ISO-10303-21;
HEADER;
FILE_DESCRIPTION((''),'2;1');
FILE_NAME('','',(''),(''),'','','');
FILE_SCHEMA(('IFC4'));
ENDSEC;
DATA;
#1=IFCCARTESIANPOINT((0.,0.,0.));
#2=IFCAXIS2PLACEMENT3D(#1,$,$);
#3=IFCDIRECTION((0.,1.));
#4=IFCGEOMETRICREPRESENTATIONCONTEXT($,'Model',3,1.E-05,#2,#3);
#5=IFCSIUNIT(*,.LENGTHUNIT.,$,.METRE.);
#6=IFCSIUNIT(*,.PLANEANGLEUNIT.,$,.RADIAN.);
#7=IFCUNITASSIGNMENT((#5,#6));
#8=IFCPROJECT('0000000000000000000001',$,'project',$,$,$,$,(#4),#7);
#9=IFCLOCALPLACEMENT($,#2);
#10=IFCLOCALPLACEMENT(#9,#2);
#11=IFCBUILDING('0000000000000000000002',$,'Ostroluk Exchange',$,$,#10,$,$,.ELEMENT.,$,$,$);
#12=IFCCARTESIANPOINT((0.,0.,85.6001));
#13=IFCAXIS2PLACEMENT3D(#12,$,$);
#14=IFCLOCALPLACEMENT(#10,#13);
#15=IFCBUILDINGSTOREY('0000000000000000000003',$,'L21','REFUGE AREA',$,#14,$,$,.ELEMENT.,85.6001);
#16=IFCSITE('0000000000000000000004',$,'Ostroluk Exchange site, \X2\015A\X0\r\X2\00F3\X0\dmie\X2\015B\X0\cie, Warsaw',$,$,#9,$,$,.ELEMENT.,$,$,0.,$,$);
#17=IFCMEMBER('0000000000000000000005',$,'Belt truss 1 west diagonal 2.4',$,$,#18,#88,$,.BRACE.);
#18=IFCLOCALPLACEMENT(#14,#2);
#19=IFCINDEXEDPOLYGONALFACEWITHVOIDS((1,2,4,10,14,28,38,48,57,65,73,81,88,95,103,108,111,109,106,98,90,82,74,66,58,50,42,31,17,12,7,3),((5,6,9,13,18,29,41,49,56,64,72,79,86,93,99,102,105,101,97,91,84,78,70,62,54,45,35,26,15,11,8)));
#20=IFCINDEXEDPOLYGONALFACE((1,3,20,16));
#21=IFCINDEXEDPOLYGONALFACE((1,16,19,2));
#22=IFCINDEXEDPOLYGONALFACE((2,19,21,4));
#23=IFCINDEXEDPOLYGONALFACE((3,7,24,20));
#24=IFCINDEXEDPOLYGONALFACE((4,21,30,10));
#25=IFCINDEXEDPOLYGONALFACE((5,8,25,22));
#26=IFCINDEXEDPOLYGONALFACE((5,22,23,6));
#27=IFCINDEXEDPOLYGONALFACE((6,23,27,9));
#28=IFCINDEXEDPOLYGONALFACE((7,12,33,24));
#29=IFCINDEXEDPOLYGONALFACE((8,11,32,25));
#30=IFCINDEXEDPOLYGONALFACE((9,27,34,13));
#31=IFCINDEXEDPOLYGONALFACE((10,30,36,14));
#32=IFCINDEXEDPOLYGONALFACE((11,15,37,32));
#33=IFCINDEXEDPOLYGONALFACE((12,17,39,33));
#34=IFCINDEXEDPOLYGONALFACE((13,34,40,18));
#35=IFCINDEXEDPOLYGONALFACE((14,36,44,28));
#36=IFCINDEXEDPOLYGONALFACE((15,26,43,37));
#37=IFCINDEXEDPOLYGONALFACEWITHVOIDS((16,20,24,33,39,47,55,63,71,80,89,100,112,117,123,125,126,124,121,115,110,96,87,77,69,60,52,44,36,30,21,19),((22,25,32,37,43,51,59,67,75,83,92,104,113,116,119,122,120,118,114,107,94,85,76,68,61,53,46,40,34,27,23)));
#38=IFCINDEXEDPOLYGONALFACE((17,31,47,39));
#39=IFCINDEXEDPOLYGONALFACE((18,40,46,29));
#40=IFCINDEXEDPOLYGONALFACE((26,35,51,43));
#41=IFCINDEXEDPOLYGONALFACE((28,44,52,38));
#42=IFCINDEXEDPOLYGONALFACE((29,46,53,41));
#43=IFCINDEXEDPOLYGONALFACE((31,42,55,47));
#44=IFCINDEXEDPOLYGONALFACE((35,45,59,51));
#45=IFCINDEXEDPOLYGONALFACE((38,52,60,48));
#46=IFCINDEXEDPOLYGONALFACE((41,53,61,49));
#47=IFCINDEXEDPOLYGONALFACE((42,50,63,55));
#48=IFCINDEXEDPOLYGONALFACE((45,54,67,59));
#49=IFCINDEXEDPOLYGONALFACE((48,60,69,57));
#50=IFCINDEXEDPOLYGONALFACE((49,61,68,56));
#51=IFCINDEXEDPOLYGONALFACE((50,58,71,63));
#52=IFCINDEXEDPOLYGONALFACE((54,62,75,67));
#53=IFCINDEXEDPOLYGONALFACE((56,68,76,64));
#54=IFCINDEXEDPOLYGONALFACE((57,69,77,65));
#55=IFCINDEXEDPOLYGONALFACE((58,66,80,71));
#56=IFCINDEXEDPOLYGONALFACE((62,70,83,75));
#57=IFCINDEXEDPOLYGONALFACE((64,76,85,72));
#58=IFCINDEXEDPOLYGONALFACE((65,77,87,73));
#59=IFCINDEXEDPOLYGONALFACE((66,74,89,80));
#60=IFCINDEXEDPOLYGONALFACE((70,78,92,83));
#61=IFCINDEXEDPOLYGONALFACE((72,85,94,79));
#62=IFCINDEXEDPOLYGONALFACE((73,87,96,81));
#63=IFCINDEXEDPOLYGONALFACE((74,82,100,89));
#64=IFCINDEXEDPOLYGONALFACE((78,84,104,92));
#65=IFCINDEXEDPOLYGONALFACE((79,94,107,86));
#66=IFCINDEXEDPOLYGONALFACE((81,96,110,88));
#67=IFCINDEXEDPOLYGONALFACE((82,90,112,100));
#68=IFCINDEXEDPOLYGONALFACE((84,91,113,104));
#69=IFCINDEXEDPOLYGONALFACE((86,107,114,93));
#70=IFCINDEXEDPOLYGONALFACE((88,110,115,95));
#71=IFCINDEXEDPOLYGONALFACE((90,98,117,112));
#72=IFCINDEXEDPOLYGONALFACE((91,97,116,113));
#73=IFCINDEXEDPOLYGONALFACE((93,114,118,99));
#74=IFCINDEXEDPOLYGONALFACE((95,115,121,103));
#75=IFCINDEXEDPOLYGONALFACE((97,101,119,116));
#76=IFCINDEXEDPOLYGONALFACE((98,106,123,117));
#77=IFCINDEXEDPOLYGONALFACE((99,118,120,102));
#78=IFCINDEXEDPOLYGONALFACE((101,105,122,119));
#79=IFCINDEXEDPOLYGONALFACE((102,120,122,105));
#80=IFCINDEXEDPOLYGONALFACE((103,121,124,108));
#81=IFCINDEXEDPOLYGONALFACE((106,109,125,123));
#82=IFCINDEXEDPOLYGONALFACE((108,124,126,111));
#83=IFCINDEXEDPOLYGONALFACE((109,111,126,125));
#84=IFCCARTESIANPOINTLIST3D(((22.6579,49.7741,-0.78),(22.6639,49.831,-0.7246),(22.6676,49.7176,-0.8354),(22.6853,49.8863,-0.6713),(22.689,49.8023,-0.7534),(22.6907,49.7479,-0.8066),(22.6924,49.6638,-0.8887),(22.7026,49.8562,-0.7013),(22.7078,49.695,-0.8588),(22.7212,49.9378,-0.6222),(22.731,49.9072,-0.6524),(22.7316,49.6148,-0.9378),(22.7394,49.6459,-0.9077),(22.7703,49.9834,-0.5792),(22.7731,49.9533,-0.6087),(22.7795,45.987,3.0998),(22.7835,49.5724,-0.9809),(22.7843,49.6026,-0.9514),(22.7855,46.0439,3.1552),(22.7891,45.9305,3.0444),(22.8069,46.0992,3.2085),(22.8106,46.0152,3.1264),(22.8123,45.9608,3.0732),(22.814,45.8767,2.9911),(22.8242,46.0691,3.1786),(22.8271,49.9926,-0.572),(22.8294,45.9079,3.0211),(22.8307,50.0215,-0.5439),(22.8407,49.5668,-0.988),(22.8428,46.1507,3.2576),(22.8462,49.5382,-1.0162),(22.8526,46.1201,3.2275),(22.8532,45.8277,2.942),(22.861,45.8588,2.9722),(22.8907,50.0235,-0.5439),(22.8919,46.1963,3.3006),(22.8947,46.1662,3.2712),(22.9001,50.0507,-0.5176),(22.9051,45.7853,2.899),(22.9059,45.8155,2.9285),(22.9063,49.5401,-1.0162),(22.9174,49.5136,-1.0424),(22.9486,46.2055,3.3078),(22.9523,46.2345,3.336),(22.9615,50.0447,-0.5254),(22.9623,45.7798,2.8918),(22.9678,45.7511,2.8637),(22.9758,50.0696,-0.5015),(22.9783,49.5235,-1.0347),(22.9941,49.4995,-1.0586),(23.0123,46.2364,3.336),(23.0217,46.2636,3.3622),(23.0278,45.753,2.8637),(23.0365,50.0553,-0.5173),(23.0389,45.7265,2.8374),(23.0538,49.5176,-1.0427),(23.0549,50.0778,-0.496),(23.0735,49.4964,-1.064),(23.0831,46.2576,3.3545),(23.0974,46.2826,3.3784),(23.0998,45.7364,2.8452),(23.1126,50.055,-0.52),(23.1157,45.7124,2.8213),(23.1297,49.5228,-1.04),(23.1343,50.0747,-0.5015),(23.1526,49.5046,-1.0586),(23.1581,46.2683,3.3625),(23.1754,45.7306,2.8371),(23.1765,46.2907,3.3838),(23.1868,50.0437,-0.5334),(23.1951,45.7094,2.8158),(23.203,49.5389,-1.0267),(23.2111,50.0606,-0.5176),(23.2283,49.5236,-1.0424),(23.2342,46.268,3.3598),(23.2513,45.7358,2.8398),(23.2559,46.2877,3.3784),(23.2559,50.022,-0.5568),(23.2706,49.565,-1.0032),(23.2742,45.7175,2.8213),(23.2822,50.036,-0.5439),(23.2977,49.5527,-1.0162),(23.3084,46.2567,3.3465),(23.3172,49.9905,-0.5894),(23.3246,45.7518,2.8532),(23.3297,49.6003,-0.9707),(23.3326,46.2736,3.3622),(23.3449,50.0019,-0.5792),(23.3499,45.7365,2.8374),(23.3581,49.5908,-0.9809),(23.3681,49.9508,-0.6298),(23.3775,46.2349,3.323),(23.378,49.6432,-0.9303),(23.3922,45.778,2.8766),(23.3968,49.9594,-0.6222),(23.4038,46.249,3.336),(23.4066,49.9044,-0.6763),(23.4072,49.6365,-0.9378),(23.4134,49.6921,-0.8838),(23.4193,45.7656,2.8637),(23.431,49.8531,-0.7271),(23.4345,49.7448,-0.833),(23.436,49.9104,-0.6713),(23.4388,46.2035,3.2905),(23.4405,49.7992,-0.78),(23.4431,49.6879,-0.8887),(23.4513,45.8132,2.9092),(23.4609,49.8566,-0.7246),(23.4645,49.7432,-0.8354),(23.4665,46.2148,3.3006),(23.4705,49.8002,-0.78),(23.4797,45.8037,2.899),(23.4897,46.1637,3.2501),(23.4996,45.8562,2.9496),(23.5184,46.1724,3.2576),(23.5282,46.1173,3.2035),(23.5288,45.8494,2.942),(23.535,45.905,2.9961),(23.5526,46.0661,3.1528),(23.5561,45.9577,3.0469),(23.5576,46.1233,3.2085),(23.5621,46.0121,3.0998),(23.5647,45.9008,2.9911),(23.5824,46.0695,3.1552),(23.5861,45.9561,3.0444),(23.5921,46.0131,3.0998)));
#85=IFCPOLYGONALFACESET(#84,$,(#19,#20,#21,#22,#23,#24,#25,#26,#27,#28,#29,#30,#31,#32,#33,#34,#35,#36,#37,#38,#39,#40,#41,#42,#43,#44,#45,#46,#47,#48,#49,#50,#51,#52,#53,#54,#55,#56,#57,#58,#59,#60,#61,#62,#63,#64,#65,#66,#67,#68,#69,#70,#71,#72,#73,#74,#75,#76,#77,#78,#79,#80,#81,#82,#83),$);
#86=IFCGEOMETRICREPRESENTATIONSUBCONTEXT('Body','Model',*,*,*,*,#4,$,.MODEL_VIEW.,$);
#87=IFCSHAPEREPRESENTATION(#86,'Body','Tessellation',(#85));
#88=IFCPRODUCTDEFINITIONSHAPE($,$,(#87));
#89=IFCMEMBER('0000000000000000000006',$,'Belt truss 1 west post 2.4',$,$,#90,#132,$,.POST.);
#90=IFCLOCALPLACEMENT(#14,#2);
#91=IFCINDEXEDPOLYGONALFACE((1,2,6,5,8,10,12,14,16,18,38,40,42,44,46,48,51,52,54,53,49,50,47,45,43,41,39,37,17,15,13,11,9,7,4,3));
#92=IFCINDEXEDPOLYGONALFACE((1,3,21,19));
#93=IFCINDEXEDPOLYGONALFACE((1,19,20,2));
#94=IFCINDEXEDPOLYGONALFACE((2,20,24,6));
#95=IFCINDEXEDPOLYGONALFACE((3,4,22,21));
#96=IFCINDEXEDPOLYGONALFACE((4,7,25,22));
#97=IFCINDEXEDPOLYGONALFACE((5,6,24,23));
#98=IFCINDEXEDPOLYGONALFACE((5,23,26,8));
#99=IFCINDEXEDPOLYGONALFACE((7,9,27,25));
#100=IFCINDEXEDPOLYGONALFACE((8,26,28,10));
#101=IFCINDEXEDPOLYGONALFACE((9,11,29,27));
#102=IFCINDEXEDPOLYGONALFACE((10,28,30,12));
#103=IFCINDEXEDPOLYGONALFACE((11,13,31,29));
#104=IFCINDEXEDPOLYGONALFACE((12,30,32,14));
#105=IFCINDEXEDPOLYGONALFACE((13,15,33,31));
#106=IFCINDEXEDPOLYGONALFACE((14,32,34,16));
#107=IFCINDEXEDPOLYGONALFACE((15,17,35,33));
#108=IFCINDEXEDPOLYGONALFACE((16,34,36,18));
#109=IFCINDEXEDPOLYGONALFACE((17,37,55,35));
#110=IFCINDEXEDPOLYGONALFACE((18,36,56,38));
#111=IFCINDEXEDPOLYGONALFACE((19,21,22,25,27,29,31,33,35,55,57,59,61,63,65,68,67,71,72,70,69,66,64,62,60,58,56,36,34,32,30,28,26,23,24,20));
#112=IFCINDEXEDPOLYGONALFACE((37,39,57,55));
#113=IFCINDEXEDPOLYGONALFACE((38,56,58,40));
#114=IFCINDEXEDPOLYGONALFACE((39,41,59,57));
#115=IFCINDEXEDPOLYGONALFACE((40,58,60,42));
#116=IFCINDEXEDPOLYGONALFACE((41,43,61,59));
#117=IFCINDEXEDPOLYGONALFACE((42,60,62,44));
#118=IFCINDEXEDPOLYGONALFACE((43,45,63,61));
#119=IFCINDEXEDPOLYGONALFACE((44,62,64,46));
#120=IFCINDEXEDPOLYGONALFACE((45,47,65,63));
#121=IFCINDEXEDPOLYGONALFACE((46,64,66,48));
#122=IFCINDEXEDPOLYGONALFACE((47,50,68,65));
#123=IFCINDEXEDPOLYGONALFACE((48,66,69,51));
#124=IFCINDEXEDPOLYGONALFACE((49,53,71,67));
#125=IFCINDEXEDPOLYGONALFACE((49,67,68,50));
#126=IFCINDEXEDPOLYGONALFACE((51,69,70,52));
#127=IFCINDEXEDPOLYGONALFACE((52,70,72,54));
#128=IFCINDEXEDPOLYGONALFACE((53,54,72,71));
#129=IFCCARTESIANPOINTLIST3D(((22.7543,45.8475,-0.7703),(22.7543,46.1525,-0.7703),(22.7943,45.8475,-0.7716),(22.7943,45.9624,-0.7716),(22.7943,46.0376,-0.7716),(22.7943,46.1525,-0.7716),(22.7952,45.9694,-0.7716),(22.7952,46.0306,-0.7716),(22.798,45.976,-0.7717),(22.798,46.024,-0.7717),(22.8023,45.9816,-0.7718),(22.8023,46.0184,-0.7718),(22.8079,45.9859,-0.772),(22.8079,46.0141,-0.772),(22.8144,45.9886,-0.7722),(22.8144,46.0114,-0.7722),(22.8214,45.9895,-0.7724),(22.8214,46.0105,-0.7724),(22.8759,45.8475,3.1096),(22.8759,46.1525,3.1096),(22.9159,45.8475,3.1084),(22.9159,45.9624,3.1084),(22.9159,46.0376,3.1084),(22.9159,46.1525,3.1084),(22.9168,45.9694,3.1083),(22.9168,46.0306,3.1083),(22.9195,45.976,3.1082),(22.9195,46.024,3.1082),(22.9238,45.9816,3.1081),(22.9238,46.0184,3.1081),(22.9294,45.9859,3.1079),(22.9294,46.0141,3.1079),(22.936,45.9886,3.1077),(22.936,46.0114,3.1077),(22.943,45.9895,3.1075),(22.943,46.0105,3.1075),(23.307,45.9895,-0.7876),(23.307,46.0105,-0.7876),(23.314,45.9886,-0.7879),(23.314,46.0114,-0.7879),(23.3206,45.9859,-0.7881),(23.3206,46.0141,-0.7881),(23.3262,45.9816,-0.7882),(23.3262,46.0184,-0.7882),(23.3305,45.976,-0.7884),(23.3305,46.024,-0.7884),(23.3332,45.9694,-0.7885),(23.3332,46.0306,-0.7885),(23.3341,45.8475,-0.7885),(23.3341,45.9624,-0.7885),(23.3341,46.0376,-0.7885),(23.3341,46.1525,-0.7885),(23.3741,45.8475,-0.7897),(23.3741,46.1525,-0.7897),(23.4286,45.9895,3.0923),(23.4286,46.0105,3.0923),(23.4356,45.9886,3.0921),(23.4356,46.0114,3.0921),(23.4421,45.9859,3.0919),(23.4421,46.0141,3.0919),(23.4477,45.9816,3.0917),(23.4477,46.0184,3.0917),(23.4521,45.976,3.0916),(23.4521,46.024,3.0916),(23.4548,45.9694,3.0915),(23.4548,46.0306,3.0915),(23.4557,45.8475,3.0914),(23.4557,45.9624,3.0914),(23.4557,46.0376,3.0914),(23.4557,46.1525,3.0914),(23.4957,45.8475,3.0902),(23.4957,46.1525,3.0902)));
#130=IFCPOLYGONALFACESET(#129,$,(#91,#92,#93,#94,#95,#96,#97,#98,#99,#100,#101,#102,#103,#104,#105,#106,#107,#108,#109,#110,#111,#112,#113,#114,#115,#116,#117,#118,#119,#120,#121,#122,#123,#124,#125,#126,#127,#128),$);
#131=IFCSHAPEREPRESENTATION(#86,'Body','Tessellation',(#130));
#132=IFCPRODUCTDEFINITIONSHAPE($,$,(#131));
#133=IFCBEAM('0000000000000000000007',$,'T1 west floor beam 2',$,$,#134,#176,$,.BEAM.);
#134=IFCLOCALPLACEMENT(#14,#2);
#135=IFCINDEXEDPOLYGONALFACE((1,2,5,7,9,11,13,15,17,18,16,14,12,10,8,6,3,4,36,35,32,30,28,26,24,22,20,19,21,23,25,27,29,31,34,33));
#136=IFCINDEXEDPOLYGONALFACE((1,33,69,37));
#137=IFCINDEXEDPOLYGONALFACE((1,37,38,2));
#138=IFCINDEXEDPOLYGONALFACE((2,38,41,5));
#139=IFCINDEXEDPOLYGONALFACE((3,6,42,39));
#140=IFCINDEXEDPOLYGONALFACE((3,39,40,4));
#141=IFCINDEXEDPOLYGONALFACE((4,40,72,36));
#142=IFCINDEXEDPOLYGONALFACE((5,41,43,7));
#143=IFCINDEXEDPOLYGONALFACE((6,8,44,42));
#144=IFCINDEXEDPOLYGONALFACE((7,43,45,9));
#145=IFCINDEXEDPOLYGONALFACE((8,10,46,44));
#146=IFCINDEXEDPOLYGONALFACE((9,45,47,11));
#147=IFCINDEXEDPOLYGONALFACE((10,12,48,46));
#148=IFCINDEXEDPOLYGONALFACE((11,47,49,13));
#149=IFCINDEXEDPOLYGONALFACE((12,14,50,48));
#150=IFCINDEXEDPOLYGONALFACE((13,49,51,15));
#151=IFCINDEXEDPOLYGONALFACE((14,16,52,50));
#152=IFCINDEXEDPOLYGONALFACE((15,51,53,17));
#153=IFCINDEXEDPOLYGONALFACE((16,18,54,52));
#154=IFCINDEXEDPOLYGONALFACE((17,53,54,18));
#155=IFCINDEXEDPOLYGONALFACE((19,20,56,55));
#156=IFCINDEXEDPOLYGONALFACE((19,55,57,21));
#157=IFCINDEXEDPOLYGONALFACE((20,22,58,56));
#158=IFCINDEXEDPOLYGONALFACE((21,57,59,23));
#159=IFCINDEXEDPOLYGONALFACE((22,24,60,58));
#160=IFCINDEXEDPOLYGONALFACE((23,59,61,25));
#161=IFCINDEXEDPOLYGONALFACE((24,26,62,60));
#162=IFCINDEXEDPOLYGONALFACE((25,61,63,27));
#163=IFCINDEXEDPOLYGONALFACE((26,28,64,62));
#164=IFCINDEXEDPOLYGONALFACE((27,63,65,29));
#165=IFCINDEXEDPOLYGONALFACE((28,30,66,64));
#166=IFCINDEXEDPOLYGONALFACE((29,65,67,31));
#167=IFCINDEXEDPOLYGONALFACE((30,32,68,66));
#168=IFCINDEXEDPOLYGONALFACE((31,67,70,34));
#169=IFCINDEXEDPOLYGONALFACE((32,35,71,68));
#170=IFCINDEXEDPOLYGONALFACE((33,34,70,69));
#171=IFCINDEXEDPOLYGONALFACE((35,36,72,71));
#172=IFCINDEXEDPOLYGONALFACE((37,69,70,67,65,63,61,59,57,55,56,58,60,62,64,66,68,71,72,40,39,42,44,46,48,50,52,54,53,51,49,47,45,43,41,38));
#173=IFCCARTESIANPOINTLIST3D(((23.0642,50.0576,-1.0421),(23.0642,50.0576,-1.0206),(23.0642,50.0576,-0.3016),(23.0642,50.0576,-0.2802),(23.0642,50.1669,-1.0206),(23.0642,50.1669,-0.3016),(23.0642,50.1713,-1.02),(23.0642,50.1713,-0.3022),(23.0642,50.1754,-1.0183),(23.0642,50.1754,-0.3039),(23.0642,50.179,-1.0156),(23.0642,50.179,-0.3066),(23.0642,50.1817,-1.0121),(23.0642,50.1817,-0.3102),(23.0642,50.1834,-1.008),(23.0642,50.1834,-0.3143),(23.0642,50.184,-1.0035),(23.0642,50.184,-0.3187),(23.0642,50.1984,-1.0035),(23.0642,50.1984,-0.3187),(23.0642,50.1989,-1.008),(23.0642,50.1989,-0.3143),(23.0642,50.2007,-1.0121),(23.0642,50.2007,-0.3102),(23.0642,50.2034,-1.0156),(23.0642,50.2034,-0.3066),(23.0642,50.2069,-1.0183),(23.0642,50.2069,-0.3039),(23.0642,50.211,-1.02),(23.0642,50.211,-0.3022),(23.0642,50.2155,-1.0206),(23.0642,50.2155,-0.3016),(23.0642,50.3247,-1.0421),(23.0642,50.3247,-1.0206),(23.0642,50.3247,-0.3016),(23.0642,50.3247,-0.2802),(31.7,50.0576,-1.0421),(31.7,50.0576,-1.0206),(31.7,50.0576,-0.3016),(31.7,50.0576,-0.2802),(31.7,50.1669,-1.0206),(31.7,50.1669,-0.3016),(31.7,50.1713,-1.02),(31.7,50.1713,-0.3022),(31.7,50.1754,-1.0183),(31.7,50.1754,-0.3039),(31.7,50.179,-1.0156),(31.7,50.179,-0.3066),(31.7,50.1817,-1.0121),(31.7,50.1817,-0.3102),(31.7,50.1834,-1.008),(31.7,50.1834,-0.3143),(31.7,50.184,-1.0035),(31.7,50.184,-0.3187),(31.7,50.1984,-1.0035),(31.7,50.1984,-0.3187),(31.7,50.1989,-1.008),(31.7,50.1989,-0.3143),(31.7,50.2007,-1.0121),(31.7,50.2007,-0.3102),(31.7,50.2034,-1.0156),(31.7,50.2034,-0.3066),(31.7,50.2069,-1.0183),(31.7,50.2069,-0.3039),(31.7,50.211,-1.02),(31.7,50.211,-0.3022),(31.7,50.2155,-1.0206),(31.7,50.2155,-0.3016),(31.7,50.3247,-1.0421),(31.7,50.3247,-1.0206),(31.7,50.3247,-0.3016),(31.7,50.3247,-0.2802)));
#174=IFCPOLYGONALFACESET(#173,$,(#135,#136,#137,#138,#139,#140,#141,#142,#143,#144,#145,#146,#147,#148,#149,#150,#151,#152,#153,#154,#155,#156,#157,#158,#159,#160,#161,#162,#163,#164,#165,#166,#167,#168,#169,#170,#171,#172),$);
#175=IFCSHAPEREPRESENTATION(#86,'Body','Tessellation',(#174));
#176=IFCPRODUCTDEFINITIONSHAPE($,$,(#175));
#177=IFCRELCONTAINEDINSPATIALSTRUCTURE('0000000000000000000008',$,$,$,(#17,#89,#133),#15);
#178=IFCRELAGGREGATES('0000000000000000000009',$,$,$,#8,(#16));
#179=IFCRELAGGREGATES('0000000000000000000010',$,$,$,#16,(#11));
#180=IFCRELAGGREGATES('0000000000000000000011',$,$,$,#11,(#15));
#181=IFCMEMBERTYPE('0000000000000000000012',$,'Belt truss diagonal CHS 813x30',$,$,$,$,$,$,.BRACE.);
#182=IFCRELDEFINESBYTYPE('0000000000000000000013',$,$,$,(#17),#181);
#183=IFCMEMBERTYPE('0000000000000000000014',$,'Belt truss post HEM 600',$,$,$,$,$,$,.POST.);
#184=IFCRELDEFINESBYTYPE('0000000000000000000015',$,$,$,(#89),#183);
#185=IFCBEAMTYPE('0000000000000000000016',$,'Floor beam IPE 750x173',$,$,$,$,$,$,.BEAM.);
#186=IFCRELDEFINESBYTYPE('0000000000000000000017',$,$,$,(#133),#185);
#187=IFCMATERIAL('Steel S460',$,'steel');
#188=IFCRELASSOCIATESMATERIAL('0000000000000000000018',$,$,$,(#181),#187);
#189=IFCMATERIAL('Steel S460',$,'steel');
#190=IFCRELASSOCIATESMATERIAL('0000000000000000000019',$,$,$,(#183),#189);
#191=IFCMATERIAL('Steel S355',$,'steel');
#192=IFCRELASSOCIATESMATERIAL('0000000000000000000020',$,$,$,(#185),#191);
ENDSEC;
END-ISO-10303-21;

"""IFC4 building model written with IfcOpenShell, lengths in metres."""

from ifc_helpers import new_model, si_unit, direction, frame, origin, origin_2d, place, context, subcontext, project, spatial, hollow_circle, i_section, extrude, material, material_profile, profile_set, type_object, element, save


model = new_model("IFC4")

# Units and contexts
model_context = context("Model", 3, precision=1e-05, world=origin(), true_north=direction((0.0, 1.0)))
body_context = subcontext(model_context, "Body", "Model", "MODEL_VIEW")
ifc_project = project(units=[si_unit("LENGTHUNIT", "METRE"), si_unit("PLANEANGLEUNIT", "RADIAN")], contexts=[model_context])

# Site, building, storey
site_placement = place(None, origin())
site = spatial("IfcSite", under=ifc_project, at=site_placement, Name="Ostroluk Exchange site, Śródmieście, Warsaw", CompositionType="ELEMENT", RefElevation=0.0)
building_placement = place(site_placement, origin())
building = spatial("IfcBuilding", under=site, at=building_placement, Name="Ostroluk Exchange", CompositionType="ELEMENT")
storey_placement = place(building_placement, frame((0.0, 0.0, 85.6001)))
storey = spatial("IfcBuildingStorey", under=building, at=storey_placement, Name="L21", Description="REFUGE AREA", CompositionType="ELEMENT", Elevation=85.6001)

# Members
ifc_material_1 = material(Name="Steel S460", Category="steel")
ifc_material_profile_1 = material_profile(ifc_material_1, hollow_circle(Radius=0.4065, WallThickness=0.03, at=origin_2d()), Name="CHS 813x30")
ifc_profile_set_1 = profile_set([ifc_material_profile_1], Name="Steel S460")
member_type_1 = type_object("IfcMemberType", Name="Belt truss diagonal CHS 813x30", PredefinedType="BRACE", material=ifc_profile_set_1)
member_1_placement = place(storey_placement, frame((23.0642, 49.7871, -0.78), z_axis=(0.022419, -0.698324, 0.715431), x_axis=(0.999485, 0.032088, 0.0)))
element("IfcMember", 1, at=member_1_placement, inside=storey, type_object=member_type_1, Name="Belt truss 1 west diagonal 2.4", PredefinedType="BRACE", context=body_context, shape_type="SweptSolid", body=[
    extrude(hollow_circle(Radius=0.4065, WallThickness=0.03, at=origin_2d()), origin(), (0.0, 0.0, 1.0), 5.4231),
])
ifc_material_2 = material(Name="Steel S460", Category="steel")
ifc_material_profile_2 = material_profile(ifc_material_2, i_section(OverallWidth=0.3049, OverallDepth=0.6201, WebThickness=0.021, FlangeThickness=0.04, FilletRadius=0.0271, at=origin_2d()), Name="HEM 600")
ifc_profile_set_2 = profile_set([ifc_material_profile_2], Name="Steel S460")
member_type_2 = type_object("IfcMemberType", Name="Belt truss post HEM 600", PredefinedType="POST", material=ifc_profile_set_2)
member_2_placement = place(storey_placement, frame((23.0642, 46.0, -0.78), z_axis=(0.031321, 0.0, 0.999509), x_axis=(0.0, 1.0, 0.0)))
element("IfcMember", 2, at=member_2_placement, inside=storey, type_object=member_type_2, Name="Belt truss 1 west post 2.4", PredefinedType="POST", context=body_context, shape_type="SweptSolid", body=[
    extrude(i_section(OverallWidth=0.3049, OverallDepth=0.6201, WebThickness=0.021, FlangeThickness=0.04, FilletRadius=0.0271, at=origin_2d()), origin(), (0.0, 0.0, 1.0), 3.8818),
])

# Beam
ifc_material_3 = material(Name="Steel S355", Category="steel")
ifc_material_profile_3 = material_profile(ifc_material_3, i_section(OverallWidth=0.2671, OverallDepth=0.762, WebThickness=0.0144, FlangeThickness=0.0215, FilletRadius=0.0171, at=origin_2d()), Name="IPE 750x173")
ifc_profile_set_3 = profile_set([ifc_material_profile_3], Name="Steel S355")
beam_type = type_object("IfcBeamType", Name="Floor beam IPE 750x173", PredefinedType="BEAM", material=ifc_profile_set_3)
for number, where, z_axis, x_axis, name in (
    (3, (31.7, 50.1912, -0.6611), (-1.0, 0.0, 0.0), (0.0, -1.0, 0.0), "T1 west floor beam 2"),
):
    element("IfcBeam", number, at=place(storey_placement, frame(where, z_axis=z_axis, x_axis=x_axis)), inside=storey, type_object=beam_type, Name=name, PredefinedType="BEAM", context=body_context, shape_type="SweptSolid", body=[
        extrude(i_section(OverallWidth=0.2671, OverallDepth=0.762, WebThickness=0.0144, FlangeThickness=0.0215, FilletRadius=0.0171, at=origin_2d()), origin(), (0.0, 0.0, 1.0), 8.6357),
    ])

save(model, "model.ifc")
